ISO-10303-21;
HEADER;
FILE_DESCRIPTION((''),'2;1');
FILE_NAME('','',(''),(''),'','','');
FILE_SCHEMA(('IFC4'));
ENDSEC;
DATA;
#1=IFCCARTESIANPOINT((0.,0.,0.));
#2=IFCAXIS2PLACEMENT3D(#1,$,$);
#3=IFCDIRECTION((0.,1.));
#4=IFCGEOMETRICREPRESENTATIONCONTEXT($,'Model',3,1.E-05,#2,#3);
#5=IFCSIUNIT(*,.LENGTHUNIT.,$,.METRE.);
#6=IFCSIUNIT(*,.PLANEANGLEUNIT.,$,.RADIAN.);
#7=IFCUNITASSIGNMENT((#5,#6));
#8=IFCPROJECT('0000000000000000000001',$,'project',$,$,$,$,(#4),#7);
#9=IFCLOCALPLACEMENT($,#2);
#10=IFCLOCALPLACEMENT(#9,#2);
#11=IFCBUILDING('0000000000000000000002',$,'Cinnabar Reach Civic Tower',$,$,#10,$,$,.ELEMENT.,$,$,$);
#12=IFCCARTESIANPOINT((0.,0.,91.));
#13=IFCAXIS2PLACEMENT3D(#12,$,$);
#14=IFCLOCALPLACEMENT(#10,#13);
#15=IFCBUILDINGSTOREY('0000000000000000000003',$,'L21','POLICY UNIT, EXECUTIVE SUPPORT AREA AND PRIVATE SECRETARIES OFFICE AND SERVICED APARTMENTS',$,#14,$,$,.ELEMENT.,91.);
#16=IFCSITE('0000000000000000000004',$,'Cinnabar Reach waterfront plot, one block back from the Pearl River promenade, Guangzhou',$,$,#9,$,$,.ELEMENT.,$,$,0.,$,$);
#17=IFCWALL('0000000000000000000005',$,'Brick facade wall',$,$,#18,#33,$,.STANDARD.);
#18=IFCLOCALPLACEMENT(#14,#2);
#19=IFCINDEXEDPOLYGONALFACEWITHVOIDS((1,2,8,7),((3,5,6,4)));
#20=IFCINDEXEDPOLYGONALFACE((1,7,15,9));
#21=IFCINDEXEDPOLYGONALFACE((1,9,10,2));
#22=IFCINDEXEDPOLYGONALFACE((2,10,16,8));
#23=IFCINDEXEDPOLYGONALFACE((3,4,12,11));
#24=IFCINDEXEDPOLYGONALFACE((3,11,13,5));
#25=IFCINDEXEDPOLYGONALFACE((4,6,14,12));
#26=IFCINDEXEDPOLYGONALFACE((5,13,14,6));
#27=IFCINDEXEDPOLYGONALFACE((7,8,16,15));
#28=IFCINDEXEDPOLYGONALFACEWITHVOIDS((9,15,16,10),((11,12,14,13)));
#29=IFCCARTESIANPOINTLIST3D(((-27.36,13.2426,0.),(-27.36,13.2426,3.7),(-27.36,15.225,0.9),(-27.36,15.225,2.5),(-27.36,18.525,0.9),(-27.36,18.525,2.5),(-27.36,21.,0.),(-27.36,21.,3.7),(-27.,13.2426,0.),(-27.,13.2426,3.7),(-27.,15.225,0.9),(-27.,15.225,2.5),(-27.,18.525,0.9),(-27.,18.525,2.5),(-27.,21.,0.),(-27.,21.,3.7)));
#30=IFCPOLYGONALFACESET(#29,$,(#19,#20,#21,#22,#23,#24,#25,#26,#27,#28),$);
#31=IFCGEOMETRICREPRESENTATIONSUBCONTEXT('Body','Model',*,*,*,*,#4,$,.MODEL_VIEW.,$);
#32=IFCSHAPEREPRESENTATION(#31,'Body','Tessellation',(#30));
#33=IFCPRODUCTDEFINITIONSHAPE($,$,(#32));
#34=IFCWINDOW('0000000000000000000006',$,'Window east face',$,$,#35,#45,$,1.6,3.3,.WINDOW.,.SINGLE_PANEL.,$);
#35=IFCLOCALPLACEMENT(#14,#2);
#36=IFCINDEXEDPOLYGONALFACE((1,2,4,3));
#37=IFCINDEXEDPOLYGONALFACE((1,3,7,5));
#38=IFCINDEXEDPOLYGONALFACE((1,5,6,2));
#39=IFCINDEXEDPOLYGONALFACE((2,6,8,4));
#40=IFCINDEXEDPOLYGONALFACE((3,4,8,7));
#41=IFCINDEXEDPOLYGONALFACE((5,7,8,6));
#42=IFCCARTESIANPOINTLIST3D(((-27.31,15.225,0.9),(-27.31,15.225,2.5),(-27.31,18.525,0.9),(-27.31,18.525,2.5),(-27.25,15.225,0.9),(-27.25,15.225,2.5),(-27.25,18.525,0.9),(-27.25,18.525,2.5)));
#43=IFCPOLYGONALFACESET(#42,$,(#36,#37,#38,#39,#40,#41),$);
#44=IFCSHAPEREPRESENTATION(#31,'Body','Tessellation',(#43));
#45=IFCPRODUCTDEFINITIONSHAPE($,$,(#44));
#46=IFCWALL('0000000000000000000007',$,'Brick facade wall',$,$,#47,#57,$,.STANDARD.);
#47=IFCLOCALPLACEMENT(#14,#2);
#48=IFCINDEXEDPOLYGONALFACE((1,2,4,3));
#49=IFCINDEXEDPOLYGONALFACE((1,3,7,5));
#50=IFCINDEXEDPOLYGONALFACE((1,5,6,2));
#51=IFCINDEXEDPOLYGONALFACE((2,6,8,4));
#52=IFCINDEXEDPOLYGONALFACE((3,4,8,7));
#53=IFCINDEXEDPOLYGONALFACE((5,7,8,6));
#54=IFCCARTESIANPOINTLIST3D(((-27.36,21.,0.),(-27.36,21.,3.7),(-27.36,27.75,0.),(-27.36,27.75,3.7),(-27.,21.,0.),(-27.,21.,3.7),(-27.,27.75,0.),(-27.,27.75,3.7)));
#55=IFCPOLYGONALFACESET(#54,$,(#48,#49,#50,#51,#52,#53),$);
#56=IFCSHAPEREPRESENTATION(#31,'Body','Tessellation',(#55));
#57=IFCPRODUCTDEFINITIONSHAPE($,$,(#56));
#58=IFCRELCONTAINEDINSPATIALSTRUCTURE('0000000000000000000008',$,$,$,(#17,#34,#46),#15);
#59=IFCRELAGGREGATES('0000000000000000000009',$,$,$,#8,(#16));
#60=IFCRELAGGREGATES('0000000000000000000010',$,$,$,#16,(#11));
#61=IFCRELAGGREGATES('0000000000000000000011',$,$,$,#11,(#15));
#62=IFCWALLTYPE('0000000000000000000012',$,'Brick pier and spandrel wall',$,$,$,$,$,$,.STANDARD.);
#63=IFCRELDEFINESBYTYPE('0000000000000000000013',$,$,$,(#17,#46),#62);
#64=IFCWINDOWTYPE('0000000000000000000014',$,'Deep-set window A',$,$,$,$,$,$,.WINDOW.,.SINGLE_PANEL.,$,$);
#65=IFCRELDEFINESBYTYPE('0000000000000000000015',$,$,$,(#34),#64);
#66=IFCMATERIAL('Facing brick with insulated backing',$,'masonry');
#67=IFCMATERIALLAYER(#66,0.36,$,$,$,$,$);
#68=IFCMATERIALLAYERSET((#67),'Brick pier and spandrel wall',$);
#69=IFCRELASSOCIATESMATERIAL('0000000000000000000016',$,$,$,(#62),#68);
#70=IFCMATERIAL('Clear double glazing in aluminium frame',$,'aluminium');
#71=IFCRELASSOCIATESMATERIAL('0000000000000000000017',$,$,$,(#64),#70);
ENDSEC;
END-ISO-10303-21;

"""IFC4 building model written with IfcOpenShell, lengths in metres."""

from ifc_helpers import new_model, si_unit, direction, frame, frame_2d, origin, place, context, subcontext, project, spatial, rectangle, extrude, material, layer, layer_set, type_object, element, fill, save


model = new_model("IFC4")

# Units and contexts
model_context = context("Model", 3, precision=1e-05, world=origin(), true_north=direction((0.0, 1.0)))
body_context = subcontext(model_context, "Body", "Model", "MODEL_VIEW")
ifc_project = project(units=[si_unit("LENGTHUNIT", "METRE"), si_unit("PLANEANGLEUNIT", "RADIAN")], contexts=[model_context])

# Site, building, storey
site_placement = place(None, origin())
site = spatial("IfcSite", under=ifc_project, at=site_placement, Name="Cinnabar Reach waterfront plot, one block back from the Pearl River promenade, Guangzhou", CompositionType="ELEMENT", RefElevation=0.0)
building_placement = place(site_placement, origin())
building = spatial("IfcBuilding", under=site, at=building_placement, Name="Cinnabar Reach Civic Tower", CompositionType="ELEMENT")
storey_placement = place(building_placement, frame((0.0, 0.0, 91.0)))
storey = spatial("IfcBuildingStorey", under=building, at=storey_placement, Name="L21", Description="POLICY UNIT, EXECUTIVE SUPPORT AREA AND PRIVATE SECRETARIES OFFICE AND SERVICED APARTMENTS", CompositionType="ELEMENT", Elevation=91.0)

# Shared definitions
ifc_material_1 = material(Name="Facing brick with insulated backing", Category="masonry")

# Wall, opening, window
ifc_layer_1 = layer(ifc_material_1, 0.36)
ifc_layer_set_1 = layer_set([ifc_layer_1], Name="Brick pier and spandrel wall")
wall_type_1 = type_object("IfcWallType", Name="Brick pier and spandrel wall", PredefinedType="STANDARD", material=ifc_layer_set_1)
wall_1_placement = place(storey_placement, frame((-27.18, 13.2426, 0.0), z_axis=(0.0, 0.0, 1.0), x_axis=(0.0, 1.0, 0.0)))
wall_1 = element("IfcWall", 1, at=wall_1_placement, inside=storey, type_object=wall_type_1, Name="Brick facade wall", PredefinedType="STANDARD", context=body_context, shape_type="SweptSolid", body=[
    extrude(rectangle(XDim=7.7574, YDim=0.36, at=frame_2d((3.8787, 0.0))), origin(), (0.0, 0.0, 1.0), 3.7),
])
opening_placement = place(wall_1_placement, frame((1.9824, 0.0, 0.9)))
opening = element("IfcOpeningElement", 2, at=opening_placement, cuts=wall_1, PredefinedType="OPENING", context=body_context, shape_type="SweptSolid", body=[
    extrude(rectangle(XDim=3.3, YDim=1.6, at=frame_2d((1.65, 0.8))), frame((0.0, 0.19, 0.0), z_axis=(0.0, -1.0, 0.0), x_axis=(1.0, 0.0, 0.0)), (0.0, 0.0, 1.0), 0.38),
])
ifc_material_2 = material(Name="Clear double glazing in aluminium frame", Category="aluminium")
window_type = type_object("IfcWindowType", Name="Deep-set window A", PartitioningType="SINGLE_PANEL", PredefinedType="WINDOW", material=ifc_material_2)
window_placement = place(opening_placement, origin())
window = element("IfcWindow", 3, at=window_placement, inside=storey, type_object=window_type, Name="Window east face", OverallHeight=1.6, OverallWidth=3.3, PartitioningType="SINGLE_PANEL", PredefinedType="WINDOW", context=body_context, shape_type="SweptSolid", body=[
    extrude(rectangle(XDim=3.3, YDim=1.6, at=frame_2d((1.65, 0.8))), frame((0.0, 0.13, 0.0), z_axis=(0.0, -1.0, 0.0), x_axis=(1.0, 0.0, 0.0)), (0.0, 0.0, 1.0), 0.06),
])
fill(opening, window)

# Wall
wall_2_placement = place(storey_placement, frame((-27.18, 21.0, 0.0), z_axis=(0.0, 0.0, 1.0), x_axis=(0.0, 1.0, 0.0)))
element("IfcWall", 4, at=wall_2_placement, inside=storey, type_object=wall_type_1, Name="Brick facade wall", PredefinedType="STANDARD", context=body_context, shape_type="SweptSolid", body=[
    extrude(rectangle(XDim=6.75, YDim=0.36, at=frame_2d((3.375, 0.0))), origin(), (0.0, 0.0, 1.0), 3.7),
])

save(model, "model.ifc")
